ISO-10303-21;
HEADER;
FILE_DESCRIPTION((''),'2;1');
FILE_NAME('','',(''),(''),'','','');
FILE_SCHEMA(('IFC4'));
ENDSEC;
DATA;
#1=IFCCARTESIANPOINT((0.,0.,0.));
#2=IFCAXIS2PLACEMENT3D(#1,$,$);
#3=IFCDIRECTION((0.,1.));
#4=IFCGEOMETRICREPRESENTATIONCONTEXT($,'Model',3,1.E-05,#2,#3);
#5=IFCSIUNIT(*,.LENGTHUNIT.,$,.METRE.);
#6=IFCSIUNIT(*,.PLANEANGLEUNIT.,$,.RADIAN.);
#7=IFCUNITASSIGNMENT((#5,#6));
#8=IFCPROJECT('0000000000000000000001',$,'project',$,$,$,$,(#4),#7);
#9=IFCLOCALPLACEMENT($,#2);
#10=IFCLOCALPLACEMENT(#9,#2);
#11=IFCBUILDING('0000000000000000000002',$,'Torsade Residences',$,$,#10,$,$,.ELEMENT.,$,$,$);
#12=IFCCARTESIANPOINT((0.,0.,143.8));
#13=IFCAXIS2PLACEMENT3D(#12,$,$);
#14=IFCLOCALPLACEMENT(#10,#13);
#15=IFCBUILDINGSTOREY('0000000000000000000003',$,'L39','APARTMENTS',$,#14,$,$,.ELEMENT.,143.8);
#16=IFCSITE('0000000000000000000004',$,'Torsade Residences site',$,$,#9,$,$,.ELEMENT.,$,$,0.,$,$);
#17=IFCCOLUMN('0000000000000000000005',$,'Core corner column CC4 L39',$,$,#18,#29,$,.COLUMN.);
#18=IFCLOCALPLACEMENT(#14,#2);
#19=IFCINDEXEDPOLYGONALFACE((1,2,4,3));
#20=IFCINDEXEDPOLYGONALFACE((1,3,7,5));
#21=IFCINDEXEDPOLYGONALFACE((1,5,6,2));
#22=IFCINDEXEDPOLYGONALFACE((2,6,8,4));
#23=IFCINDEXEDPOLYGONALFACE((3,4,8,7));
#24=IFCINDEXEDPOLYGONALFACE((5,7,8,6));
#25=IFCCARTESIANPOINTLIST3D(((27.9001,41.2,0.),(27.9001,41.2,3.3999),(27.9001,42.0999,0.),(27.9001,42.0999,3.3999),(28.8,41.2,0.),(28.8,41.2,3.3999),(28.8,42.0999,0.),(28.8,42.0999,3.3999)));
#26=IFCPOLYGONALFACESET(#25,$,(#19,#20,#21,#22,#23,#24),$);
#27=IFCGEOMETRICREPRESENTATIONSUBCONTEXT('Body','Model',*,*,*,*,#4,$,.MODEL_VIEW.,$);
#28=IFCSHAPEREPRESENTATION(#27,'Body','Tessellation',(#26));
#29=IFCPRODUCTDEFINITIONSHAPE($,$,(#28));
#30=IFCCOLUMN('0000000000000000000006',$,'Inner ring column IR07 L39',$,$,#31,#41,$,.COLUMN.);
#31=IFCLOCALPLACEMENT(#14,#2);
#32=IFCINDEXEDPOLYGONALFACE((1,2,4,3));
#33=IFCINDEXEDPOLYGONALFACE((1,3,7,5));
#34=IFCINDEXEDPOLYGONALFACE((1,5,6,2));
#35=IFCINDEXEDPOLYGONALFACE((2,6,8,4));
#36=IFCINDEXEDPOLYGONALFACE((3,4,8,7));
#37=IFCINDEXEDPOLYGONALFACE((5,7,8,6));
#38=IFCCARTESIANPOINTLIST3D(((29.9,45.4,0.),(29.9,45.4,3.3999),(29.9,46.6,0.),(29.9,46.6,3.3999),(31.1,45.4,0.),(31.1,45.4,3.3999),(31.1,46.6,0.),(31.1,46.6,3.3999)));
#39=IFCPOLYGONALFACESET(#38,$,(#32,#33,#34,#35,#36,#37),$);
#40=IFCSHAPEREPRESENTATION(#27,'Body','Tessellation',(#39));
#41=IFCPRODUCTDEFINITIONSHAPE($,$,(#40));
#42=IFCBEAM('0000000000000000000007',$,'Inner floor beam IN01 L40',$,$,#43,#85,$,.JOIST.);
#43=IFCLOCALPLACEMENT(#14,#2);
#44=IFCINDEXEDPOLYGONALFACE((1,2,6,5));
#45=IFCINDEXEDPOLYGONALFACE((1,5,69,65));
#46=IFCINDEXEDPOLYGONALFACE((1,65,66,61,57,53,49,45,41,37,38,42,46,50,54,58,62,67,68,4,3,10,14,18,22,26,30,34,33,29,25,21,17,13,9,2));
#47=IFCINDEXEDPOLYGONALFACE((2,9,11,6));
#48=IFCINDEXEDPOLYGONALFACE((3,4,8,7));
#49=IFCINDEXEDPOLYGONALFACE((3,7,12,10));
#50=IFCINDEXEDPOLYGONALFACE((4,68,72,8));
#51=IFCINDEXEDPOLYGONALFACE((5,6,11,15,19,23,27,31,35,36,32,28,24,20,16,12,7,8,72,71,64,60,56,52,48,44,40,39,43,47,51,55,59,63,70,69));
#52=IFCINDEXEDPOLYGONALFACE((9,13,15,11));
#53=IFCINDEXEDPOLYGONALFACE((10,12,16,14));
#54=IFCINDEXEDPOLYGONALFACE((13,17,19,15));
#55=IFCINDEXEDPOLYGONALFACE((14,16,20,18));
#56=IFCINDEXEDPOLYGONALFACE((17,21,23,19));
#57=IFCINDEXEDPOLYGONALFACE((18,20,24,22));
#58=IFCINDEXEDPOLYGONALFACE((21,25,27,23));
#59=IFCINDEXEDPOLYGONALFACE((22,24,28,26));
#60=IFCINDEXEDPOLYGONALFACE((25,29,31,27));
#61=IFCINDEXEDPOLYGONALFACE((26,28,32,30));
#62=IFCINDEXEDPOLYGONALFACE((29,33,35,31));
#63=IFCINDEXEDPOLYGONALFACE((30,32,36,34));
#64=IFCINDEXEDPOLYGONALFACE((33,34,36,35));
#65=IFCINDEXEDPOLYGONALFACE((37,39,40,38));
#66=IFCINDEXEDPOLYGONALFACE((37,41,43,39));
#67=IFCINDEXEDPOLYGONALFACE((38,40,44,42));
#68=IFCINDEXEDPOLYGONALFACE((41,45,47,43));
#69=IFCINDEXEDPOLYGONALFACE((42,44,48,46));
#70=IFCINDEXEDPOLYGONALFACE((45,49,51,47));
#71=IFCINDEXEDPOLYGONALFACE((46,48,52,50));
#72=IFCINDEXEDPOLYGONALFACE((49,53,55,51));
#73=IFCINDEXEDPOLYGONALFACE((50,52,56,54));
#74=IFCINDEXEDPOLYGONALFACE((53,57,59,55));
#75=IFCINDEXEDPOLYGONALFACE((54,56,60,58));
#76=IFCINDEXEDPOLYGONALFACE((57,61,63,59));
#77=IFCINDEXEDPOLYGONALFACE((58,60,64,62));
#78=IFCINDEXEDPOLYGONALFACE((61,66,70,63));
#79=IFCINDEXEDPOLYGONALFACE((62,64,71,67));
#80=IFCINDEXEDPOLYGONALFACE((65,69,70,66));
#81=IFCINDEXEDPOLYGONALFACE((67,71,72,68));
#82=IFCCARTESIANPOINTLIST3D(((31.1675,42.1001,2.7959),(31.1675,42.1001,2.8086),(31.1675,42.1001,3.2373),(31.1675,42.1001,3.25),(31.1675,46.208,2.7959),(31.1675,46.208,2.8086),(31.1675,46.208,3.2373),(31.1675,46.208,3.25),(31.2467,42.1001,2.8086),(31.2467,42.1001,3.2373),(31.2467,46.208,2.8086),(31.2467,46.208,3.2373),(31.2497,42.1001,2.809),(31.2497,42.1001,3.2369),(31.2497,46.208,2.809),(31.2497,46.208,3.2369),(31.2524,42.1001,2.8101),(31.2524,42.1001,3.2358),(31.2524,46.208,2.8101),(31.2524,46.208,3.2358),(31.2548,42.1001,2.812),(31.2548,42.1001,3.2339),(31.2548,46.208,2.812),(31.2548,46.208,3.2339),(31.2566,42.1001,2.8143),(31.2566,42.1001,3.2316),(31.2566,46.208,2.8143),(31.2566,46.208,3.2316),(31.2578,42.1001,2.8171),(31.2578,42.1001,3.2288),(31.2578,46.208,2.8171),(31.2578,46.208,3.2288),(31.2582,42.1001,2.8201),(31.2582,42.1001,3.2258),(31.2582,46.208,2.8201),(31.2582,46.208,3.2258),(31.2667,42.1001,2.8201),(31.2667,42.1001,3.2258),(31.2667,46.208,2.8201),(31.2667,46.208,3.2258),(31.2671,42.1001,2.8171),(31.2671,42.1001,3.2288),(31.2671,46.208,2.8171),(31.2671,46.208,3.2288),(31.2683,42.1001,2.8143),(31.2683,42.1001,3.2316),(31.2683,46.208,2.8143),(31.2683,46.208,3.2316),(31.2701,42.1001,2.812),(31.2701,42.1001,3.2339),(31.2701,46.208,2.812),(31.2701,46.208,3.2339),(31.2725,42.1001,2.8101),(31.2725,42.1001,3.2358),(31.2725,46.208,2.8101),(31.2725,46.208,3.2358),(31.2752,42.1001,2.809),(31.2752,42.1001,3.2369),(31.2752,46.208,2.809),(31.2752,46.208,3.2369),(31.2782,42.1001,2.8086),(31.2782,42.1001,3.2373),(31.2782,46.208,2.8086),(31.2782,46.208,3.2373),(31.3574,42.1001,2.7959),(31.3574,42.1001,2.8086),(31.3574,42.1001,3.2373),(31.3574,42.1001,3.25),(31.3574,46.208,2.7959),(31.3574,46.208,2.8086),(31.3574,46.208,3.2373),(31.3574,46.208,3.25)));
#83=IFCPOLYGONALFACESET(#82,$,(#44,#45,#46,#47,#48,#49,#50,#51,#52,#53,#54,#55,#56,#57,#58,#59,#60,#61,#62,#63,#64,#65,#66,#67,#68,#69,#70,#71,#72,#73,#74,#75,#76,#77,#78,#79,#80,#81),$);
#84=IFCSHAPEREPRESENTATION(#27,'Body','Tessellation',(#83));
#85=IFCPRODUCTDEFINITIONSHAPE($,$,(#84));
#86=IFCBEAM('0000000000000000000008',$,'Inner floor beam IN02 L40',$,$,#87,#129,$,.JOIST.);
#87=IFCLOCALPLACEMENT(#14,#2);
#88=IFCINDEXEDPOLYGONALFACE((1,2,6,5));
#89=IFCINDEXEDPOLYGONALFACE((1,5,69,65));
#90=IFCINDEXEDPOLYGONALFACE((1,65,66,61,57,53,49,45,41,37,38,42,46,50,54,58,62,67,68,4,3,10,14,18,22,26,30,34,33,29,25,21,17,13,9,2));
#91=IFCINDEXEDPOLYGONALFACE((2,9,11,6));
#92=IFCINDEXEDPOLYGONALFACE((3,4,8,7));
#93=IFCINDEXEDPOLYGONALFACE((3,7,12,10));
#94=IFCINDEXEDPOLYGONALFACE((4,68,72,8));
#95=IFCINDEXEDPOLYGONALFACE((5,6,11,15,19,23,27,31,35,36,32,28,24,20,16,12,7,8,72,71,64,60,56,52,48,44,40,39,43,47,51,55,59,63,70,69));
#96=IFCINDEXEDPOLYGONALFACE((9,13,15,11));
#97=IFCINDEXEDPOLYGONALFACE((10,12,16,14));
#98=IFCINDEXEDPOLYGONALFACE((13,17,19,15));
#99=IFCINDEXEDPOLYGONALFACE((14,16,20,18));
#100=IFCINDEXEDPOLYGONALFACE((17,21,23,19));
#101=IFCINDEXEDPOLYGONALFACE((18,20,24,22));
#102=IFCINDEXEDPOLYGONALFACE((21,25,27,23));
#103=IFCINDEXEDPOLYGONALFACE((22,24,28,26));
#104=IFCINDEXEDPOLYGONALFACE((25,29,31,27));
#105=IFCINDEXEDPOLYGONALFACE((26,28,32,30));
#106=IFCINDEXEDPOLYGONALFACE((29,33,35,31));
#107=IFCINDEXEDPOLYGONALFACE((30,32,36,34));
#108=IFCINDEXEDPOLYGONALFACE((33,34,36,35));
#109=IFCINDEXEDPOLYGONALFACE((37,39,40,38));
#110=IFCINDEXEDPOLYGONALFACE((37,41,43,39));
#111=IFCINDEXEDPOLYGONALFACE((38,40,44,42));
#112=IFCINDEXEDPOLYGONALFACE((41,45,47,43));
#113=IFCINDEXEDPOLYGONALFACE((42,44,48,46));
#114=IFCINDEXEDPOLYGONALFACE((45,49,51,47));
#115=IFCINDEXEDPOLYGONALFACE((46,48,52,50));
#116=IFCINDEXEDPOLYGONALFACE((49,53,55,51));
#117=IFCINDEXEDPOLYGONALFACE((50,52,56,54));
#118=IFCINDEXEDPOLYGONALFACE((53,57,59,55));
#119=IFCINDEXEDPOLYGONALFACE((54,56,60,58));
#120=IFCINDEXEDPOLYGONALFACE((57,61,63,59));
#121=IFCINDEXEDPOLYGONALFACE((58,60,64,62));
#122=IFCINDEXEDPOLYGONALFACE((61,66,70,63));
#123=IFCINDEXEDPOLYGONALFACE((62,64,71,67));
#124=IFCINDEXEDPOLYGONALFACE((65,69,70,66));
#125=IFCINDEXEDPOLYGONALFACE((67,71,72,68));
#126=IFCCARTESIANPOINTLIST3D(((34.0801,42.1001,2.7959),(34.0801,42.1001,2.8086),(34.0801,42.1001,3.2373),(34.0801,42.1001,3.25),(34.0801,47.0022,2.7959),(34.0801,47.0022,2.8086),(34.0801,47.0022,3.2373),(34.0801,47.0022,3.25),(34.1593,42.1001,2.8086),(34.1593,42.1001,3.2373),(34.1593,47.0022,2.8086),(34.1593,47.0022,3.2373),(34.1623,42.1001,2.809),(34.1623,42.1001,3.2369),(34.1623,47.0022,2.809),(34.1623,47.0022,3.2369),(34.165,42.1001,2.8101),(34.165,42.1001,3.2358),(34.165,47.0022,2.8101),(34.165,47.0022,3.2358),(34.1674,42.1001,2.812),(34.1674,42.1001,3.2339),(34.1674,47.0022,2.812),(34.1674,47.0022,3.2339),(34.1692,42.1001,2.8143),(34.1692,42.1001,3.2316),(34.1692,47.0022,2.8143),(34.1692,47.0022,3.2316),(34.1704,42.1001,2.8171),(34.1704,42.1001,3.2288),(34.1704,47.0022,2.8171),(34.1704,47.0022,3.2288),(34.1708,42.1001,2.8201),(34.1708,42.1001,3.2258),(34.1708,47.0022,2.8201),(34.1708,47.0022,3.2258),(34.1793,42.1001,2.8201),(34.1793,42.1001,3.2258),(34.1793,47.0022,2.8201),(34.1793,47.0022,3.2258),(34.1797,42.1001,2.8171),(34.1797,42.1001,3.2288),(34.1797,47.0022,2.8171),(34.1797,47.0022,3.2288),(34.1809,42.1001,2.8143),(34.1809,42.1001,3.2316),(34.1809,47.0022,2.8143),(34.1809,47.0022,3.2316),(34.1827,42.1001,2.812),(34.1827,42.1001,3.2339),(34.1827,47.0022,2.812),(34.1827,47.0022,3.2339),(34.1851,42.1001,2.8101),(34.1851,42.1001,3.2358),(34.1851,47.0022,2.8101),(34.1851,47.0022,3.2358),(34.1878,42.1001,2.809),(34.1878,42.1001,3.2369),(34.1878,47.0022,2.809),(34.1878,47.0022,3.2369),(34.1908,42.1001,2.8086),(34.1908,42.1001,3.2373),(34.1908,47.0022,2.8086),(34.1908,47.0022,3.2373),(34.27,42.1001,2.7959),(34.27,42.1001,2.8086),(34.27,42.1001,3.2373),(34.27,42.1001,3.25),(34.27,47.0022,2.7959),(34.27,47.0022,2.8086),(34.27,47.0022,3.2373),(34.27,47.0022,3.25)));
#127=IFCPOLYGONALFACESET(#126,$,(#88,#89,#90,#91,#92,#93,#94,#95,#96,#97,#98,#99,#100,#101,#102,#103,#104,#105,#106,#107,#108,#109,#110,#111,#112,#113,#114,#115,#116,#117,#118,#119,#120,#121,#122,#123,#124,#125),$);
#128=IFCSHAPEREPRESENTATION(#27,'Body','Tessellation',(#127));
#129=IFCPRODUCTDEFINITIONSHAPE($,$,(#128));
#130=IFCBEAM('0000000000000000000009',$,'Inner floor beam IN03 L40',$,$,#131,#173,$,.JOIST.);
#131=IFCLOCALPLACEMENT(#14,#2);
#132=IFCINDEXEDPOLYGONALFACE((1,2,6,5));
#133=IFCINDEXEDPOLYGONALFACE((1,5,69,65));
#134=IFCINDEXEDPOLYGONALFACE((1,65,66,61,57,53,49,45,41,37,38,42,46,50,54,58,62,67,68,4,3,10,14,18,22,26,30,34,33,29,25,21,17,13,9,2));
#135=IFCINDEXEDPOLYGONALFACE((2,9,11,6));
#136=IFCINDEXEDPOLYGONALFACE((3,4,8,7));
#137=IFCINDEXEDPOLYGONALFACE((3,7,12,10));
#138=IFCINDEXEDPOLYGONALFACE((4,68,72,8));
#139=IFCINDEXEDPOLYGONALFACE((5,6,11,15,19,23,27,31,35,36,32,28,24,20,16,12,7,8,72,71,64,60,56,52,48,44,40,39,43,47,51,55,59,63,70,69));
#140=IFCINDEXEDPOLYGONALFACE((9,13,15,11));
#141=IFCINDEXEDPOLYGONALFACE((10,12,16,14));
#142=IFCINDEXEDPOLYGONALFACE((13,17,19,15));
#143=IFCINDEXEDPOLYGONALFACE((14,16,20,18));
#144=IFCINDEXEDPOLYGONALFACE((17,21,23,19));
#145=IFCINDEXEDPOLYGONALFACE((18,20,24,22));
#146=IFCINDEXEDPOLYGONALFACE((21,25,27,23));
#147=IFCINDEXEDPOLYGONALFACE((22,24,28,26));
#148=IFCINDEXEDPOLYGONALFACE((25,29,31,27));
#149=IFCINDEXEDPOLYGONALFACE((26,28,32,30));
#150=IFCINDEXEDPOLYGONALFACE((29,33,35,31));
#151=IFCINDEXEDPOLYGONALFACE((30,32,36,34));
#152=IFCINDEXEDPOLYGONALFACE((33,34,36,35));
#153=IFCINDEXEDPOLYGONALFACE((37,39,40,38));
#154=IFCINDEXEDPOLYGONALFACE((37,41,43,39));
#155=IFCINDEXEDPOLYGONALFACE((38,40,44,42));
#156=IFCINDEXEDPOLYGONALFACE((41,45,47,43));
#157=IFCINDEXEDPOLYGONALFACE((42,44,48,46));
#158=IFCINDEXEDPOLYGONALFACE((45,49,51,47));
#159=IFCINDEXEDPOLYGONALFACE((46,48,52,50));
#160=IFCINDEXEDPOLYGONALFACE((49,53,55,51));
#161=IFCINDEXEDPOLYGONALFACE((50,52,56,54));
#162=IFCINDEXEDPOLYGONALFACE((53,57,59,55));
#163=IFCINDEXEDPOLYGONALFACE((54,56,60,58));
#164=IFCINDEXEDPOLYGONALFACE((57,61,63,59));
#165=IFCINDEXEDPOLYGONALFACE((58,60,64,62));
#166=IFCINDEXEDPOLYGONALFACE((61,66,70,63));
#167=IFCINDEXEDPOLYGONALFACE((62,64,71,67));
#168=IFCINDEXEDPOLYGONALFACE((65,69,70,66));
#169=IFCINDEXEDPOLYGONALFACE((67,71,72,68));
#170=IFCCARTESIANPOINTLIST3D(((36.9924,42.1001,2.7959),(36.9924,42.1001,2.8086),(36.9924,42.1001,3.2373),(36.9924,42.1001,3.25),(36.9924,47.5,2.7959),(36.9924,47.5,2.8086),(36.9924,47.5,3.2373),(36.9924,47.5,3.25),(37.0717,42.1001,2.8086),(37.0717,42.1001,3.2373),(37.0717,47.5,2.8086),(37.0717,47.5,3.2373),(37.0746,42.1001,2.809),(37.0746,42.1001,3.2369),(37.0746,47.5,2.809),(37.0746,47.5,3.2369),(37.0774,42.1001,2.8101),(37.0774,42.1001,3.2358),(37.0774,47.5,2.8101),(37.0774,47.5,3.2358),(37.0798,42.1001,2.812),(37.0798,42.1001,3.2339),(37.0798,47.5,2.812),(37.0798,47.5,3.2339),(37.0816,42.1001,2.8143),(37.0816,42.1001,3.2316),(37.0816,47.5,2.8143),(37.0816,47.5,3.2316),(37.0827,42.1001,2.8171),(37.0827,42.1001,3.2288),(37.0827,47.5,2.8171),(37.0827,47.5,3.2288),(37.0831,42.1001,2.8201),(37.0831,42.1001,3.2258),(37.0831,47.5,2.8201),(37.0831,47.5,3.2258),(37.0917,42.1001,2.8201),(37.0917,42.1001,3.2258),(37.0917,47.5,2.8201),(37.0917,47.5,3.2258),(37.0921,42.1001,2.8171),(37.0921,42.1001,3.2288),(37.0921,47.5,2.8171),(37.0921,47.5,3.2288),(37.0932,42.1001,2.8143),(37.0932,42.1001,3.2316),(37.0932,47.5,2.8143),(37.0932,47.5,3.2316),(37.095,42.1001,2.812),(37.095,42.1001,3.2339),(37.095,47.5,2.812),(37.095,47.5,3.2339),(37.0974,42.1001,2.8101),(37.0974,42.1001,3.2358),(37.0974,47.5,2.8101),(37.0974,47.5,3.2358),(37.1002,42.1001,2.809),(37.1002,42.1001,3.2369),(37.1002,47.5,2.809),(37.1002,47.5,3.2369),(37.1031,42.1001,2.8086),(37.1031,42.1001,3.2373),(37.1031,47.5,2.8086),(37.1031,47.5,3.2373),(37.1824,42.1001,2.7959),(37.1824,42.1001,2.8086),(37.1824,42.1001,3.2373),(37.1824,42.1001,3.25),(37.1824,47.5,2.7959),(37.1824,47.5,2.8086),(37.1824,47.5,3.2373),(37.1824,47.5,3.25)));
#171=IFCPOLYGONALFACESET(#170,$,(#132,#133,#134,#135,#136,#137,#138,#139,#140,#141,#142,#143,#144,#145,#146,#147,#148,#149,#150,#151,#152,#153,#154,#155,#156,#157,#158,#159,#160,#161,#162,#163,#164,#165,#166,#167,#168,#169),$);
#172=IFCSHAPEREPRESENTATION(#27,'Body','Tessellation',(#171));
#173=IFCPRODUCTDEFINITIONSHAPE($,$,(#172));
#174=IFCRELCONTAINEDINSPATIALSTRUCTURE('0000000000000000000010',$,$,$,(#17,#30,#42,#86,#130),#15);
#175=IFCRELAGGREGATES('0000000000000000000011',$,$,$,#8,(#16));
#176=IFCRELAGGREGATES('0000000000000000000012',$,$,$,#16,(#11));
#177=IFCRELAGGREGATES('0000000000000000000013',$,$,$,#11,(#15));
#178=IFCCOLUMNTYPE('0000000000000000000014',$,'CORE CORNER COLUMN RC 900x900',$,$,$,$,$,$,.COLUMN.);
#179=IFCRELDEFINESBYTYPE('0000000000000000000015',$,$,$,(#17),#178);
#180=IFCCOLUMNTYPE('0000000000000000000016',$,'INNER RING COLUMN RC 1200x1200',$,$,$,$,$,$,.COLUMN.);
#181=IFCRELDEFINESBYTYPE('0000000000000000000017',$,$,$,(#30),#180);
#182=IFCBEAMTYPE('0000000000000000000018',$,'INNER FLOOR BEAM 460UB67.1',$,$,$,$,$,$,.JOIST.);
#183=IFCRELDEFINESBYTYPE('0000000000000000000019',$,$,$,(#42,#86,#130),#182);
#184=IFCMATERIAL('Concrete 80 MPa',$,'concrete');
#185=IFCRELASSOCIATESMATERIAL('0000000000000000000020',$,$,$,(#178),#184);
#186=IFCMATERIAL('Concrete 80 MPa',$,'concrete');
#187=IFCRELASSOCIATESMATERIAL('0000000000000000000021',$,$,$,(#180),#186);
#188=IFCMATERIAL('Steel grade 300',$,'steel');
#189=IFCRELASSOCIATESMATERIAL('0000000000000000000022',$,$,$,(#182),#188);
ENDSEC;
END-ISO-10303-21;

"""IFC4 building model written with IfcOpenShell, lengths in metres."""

from ifc_helpers import new_model, si_unit, direction, frame, origin, origin_2d, place, context, subcontext, project, spatial, rectangle, i_section, extrude, material, material_profile, profile_set, type_object, element, save


model = new_model("IFC4")

# Units and contexts
model_context = context("Model", 3, precision=1e-05, world=origin(), true_north=direction((0.0, 1.0)))
body_context = subcontext(model_context, "Body", "Model", "MODEL_VIEW")
ifc_project = project(units=[si_unit("LENGTHUNIT", "METRE"), si_unit("PLANEANGLEUNIT", "RADIAN")], contexts=[model_context])

# Site, building, storey
site_placement = place(None, origin())
site = spatial("IfcSite", under=ifc_project, at=site_placement, Name="Torsade Residences site", CompositionType="ELEMENT", RefElevation=0.0)
building_placement = place(site_placement, origin())
building = spatial("IfcBuilding", under=site, at=building_placement, Name="Torsade Residences", CompositionType="ELEMENT")
storey_placement = place(building_placement, frame((0.0, 0.0, 143.8)))
storey = spatial("IfcBuildingStorey", under=building, at=storey_placement, Name="L39", Description="APARTMENTS", CompositionType="ELEMENT", Elevation=143.8)

# Columns
ifc_material_1 = material(Name="Concrete 80 MPa", Category="concrete")
ifc_material_profile_1 = material_profile(ifc_material_1, rectangle(XDim=0.8999, YDim=0.8999, at=origin_2d()), Name="RC 900x900")
ifc_profile_set_1 = profile_set([ifc_material_profile_1], Name="Concrete 80 MPa")
column_type_1 = type_object("IfcColumnType", Name="CORE CORNER COLUMN RC 900x900", PredefinedType="COLUMN", material=ifc_profile_set_1)
column_1_placement = place(storey_placement, frame((28.3501, 41.6499, 0.0), z_axis=(0.0, 0.0, 1.0), x_axis=(1.0, 0.0, 0.0)))
element("IfcColumn", 1, at=column_1_placement, inside=storey, type_object=column_type_1, Name="Core corner column CC4 L39", PredefinedType="COLUMN", context=body_context, shape_type="SweptSolid", body=[
    extrude(rectangle(XDim=0.8999, YDim=0.8999, at=origin_2d()), origin(), (0.0, 0.0, 1.0), 3.3999),
])
ifc_material_2 = material(Name="Concrete 80 MPa", Category="concrete")
ifc_material_profile_2 = material_profile(ifc_material_2, rectangle(XDim=1.2, YDim=1.2, at=origin_2d()), Name="RC 1200x1200")
ifc_profile_set_2 = profile_set([ifc_material_profile_2], Name="Concrete 80 MPa")
column_type_2 = type_object("IfcColumnType", Name="INNER RING COLUMN RC 1200x1200", PredefinedType="COLUMN", material=ifc_profile_set_2)
column_2_placement = place(storey_placement, frame((30.5, 46.0, 0.0), z_axis=(0.0, 0.0, 1.0), x_axis=(1.0, 0.0, 0.0)))
element("IfcColumn", 2, at=column_2_placement, inside=storey, type_object=column_type_2, Name="Inner ring column IR07 L39", PredefinedType="COLUMN", context=body_context, shape_type="SweptSolid", body=[
    extrude(rectangle(XDim=1.2, YDim=1.2, at=origin_2d()), origin(), (0.0, 0.0, 1.0), 3.3999),
])

# Beams
ifc_material_3 = material(Name="Steel grade 300", Category="steel")
ifc_material_profile_3 = material_profile(ifc_material_3, i_section(OverallWidth=0.1899, OverallDepth=0.4541, WebThickness=0.0085, FlangeThickness=0.0127, FilletRadius=0.0115, at=origin_2d()), Name="460UB67.1")
ifc_profile_set_3 = profile_set([ifc_material_profile_3], Name="Steel grade 300")
beam_type_1 = type_object("IfcBeamType", Name="INNER FLOOR BEAM 460UB67.1", PredefinedType="JOIST", material=ifc_profile_set_3)
beam_1_placement = place(storey_placement, frame((31.2625, 42.1001, 3.0229), z_axis=(0.0, 1.0, 0.0), x_axis=(-1.0, 0.0, 0.0)))
element("IfcBeam", 3, at=beam_1_placement, inside=storey, type_object=beam_type_1, Name="Inner floor beam IN01 L40", PredefinedType="JOIST", context=body_context, shape_type="SweptSolid", body=[
    extrude(i_section(OverallWidth=0.1899, OverallDepth=0.4541, WebThickness=0.0085, FlangeThickness=0.0127, FilletRadius=0.0115, at=origin_2d()), origin(), (0.0, 0.0, 1.0), 4.1079),
])
beam_2_placement = place(storey_placement, frame((34.175, 42.1001, 3.0229), z_axis=(0.0, 1.0, 0.0), x_axis=(-1.0, 0.0, 0.0)))
element("IfcBeam", 4, at=beam_2_placement, inside=storey, type_object=beam_type_1, Name="Inner floor beam IN02 L40", PredefinedType="JOIST", context=body_context, shape_type="SweptSolid", body=[
    extrude(i_section(OverallWidth=0.1899, OverallDepth=0.4541, WebThickness=0.0085, FlangeThickness=0.0127, FilletRadius=0.0115, at=origin_2d()), origin(), (0.0, 0.0, 1.0), 4.9021),
])
beam_3_placement = place(storey_placement, frame((37.0874, 42.1001, 3.0229), z_axis=(0.0, 1.0, 0.0), x_axis=(-1.0, 0.0, 0.0)))
element("IfcBeam", 5, at=beam_3_placement, inside=storey, type_object=beam_type_1, Name="Inner floor beam IN03 L40", PredefinedType="JOIST", context=body_context, shape_type="SweptSolid", body=[
    extrude(i_section(OverallWidth=0.1899, OverallDepth=0.4541, WebThickness=0.0085, FlangeThickness=0.0127, FilletRadius=0.0115, at=origin_2d()), origin(), (0.0, 0.0, 1.0), 5.3999),
])

save(model, "model.ifc")
